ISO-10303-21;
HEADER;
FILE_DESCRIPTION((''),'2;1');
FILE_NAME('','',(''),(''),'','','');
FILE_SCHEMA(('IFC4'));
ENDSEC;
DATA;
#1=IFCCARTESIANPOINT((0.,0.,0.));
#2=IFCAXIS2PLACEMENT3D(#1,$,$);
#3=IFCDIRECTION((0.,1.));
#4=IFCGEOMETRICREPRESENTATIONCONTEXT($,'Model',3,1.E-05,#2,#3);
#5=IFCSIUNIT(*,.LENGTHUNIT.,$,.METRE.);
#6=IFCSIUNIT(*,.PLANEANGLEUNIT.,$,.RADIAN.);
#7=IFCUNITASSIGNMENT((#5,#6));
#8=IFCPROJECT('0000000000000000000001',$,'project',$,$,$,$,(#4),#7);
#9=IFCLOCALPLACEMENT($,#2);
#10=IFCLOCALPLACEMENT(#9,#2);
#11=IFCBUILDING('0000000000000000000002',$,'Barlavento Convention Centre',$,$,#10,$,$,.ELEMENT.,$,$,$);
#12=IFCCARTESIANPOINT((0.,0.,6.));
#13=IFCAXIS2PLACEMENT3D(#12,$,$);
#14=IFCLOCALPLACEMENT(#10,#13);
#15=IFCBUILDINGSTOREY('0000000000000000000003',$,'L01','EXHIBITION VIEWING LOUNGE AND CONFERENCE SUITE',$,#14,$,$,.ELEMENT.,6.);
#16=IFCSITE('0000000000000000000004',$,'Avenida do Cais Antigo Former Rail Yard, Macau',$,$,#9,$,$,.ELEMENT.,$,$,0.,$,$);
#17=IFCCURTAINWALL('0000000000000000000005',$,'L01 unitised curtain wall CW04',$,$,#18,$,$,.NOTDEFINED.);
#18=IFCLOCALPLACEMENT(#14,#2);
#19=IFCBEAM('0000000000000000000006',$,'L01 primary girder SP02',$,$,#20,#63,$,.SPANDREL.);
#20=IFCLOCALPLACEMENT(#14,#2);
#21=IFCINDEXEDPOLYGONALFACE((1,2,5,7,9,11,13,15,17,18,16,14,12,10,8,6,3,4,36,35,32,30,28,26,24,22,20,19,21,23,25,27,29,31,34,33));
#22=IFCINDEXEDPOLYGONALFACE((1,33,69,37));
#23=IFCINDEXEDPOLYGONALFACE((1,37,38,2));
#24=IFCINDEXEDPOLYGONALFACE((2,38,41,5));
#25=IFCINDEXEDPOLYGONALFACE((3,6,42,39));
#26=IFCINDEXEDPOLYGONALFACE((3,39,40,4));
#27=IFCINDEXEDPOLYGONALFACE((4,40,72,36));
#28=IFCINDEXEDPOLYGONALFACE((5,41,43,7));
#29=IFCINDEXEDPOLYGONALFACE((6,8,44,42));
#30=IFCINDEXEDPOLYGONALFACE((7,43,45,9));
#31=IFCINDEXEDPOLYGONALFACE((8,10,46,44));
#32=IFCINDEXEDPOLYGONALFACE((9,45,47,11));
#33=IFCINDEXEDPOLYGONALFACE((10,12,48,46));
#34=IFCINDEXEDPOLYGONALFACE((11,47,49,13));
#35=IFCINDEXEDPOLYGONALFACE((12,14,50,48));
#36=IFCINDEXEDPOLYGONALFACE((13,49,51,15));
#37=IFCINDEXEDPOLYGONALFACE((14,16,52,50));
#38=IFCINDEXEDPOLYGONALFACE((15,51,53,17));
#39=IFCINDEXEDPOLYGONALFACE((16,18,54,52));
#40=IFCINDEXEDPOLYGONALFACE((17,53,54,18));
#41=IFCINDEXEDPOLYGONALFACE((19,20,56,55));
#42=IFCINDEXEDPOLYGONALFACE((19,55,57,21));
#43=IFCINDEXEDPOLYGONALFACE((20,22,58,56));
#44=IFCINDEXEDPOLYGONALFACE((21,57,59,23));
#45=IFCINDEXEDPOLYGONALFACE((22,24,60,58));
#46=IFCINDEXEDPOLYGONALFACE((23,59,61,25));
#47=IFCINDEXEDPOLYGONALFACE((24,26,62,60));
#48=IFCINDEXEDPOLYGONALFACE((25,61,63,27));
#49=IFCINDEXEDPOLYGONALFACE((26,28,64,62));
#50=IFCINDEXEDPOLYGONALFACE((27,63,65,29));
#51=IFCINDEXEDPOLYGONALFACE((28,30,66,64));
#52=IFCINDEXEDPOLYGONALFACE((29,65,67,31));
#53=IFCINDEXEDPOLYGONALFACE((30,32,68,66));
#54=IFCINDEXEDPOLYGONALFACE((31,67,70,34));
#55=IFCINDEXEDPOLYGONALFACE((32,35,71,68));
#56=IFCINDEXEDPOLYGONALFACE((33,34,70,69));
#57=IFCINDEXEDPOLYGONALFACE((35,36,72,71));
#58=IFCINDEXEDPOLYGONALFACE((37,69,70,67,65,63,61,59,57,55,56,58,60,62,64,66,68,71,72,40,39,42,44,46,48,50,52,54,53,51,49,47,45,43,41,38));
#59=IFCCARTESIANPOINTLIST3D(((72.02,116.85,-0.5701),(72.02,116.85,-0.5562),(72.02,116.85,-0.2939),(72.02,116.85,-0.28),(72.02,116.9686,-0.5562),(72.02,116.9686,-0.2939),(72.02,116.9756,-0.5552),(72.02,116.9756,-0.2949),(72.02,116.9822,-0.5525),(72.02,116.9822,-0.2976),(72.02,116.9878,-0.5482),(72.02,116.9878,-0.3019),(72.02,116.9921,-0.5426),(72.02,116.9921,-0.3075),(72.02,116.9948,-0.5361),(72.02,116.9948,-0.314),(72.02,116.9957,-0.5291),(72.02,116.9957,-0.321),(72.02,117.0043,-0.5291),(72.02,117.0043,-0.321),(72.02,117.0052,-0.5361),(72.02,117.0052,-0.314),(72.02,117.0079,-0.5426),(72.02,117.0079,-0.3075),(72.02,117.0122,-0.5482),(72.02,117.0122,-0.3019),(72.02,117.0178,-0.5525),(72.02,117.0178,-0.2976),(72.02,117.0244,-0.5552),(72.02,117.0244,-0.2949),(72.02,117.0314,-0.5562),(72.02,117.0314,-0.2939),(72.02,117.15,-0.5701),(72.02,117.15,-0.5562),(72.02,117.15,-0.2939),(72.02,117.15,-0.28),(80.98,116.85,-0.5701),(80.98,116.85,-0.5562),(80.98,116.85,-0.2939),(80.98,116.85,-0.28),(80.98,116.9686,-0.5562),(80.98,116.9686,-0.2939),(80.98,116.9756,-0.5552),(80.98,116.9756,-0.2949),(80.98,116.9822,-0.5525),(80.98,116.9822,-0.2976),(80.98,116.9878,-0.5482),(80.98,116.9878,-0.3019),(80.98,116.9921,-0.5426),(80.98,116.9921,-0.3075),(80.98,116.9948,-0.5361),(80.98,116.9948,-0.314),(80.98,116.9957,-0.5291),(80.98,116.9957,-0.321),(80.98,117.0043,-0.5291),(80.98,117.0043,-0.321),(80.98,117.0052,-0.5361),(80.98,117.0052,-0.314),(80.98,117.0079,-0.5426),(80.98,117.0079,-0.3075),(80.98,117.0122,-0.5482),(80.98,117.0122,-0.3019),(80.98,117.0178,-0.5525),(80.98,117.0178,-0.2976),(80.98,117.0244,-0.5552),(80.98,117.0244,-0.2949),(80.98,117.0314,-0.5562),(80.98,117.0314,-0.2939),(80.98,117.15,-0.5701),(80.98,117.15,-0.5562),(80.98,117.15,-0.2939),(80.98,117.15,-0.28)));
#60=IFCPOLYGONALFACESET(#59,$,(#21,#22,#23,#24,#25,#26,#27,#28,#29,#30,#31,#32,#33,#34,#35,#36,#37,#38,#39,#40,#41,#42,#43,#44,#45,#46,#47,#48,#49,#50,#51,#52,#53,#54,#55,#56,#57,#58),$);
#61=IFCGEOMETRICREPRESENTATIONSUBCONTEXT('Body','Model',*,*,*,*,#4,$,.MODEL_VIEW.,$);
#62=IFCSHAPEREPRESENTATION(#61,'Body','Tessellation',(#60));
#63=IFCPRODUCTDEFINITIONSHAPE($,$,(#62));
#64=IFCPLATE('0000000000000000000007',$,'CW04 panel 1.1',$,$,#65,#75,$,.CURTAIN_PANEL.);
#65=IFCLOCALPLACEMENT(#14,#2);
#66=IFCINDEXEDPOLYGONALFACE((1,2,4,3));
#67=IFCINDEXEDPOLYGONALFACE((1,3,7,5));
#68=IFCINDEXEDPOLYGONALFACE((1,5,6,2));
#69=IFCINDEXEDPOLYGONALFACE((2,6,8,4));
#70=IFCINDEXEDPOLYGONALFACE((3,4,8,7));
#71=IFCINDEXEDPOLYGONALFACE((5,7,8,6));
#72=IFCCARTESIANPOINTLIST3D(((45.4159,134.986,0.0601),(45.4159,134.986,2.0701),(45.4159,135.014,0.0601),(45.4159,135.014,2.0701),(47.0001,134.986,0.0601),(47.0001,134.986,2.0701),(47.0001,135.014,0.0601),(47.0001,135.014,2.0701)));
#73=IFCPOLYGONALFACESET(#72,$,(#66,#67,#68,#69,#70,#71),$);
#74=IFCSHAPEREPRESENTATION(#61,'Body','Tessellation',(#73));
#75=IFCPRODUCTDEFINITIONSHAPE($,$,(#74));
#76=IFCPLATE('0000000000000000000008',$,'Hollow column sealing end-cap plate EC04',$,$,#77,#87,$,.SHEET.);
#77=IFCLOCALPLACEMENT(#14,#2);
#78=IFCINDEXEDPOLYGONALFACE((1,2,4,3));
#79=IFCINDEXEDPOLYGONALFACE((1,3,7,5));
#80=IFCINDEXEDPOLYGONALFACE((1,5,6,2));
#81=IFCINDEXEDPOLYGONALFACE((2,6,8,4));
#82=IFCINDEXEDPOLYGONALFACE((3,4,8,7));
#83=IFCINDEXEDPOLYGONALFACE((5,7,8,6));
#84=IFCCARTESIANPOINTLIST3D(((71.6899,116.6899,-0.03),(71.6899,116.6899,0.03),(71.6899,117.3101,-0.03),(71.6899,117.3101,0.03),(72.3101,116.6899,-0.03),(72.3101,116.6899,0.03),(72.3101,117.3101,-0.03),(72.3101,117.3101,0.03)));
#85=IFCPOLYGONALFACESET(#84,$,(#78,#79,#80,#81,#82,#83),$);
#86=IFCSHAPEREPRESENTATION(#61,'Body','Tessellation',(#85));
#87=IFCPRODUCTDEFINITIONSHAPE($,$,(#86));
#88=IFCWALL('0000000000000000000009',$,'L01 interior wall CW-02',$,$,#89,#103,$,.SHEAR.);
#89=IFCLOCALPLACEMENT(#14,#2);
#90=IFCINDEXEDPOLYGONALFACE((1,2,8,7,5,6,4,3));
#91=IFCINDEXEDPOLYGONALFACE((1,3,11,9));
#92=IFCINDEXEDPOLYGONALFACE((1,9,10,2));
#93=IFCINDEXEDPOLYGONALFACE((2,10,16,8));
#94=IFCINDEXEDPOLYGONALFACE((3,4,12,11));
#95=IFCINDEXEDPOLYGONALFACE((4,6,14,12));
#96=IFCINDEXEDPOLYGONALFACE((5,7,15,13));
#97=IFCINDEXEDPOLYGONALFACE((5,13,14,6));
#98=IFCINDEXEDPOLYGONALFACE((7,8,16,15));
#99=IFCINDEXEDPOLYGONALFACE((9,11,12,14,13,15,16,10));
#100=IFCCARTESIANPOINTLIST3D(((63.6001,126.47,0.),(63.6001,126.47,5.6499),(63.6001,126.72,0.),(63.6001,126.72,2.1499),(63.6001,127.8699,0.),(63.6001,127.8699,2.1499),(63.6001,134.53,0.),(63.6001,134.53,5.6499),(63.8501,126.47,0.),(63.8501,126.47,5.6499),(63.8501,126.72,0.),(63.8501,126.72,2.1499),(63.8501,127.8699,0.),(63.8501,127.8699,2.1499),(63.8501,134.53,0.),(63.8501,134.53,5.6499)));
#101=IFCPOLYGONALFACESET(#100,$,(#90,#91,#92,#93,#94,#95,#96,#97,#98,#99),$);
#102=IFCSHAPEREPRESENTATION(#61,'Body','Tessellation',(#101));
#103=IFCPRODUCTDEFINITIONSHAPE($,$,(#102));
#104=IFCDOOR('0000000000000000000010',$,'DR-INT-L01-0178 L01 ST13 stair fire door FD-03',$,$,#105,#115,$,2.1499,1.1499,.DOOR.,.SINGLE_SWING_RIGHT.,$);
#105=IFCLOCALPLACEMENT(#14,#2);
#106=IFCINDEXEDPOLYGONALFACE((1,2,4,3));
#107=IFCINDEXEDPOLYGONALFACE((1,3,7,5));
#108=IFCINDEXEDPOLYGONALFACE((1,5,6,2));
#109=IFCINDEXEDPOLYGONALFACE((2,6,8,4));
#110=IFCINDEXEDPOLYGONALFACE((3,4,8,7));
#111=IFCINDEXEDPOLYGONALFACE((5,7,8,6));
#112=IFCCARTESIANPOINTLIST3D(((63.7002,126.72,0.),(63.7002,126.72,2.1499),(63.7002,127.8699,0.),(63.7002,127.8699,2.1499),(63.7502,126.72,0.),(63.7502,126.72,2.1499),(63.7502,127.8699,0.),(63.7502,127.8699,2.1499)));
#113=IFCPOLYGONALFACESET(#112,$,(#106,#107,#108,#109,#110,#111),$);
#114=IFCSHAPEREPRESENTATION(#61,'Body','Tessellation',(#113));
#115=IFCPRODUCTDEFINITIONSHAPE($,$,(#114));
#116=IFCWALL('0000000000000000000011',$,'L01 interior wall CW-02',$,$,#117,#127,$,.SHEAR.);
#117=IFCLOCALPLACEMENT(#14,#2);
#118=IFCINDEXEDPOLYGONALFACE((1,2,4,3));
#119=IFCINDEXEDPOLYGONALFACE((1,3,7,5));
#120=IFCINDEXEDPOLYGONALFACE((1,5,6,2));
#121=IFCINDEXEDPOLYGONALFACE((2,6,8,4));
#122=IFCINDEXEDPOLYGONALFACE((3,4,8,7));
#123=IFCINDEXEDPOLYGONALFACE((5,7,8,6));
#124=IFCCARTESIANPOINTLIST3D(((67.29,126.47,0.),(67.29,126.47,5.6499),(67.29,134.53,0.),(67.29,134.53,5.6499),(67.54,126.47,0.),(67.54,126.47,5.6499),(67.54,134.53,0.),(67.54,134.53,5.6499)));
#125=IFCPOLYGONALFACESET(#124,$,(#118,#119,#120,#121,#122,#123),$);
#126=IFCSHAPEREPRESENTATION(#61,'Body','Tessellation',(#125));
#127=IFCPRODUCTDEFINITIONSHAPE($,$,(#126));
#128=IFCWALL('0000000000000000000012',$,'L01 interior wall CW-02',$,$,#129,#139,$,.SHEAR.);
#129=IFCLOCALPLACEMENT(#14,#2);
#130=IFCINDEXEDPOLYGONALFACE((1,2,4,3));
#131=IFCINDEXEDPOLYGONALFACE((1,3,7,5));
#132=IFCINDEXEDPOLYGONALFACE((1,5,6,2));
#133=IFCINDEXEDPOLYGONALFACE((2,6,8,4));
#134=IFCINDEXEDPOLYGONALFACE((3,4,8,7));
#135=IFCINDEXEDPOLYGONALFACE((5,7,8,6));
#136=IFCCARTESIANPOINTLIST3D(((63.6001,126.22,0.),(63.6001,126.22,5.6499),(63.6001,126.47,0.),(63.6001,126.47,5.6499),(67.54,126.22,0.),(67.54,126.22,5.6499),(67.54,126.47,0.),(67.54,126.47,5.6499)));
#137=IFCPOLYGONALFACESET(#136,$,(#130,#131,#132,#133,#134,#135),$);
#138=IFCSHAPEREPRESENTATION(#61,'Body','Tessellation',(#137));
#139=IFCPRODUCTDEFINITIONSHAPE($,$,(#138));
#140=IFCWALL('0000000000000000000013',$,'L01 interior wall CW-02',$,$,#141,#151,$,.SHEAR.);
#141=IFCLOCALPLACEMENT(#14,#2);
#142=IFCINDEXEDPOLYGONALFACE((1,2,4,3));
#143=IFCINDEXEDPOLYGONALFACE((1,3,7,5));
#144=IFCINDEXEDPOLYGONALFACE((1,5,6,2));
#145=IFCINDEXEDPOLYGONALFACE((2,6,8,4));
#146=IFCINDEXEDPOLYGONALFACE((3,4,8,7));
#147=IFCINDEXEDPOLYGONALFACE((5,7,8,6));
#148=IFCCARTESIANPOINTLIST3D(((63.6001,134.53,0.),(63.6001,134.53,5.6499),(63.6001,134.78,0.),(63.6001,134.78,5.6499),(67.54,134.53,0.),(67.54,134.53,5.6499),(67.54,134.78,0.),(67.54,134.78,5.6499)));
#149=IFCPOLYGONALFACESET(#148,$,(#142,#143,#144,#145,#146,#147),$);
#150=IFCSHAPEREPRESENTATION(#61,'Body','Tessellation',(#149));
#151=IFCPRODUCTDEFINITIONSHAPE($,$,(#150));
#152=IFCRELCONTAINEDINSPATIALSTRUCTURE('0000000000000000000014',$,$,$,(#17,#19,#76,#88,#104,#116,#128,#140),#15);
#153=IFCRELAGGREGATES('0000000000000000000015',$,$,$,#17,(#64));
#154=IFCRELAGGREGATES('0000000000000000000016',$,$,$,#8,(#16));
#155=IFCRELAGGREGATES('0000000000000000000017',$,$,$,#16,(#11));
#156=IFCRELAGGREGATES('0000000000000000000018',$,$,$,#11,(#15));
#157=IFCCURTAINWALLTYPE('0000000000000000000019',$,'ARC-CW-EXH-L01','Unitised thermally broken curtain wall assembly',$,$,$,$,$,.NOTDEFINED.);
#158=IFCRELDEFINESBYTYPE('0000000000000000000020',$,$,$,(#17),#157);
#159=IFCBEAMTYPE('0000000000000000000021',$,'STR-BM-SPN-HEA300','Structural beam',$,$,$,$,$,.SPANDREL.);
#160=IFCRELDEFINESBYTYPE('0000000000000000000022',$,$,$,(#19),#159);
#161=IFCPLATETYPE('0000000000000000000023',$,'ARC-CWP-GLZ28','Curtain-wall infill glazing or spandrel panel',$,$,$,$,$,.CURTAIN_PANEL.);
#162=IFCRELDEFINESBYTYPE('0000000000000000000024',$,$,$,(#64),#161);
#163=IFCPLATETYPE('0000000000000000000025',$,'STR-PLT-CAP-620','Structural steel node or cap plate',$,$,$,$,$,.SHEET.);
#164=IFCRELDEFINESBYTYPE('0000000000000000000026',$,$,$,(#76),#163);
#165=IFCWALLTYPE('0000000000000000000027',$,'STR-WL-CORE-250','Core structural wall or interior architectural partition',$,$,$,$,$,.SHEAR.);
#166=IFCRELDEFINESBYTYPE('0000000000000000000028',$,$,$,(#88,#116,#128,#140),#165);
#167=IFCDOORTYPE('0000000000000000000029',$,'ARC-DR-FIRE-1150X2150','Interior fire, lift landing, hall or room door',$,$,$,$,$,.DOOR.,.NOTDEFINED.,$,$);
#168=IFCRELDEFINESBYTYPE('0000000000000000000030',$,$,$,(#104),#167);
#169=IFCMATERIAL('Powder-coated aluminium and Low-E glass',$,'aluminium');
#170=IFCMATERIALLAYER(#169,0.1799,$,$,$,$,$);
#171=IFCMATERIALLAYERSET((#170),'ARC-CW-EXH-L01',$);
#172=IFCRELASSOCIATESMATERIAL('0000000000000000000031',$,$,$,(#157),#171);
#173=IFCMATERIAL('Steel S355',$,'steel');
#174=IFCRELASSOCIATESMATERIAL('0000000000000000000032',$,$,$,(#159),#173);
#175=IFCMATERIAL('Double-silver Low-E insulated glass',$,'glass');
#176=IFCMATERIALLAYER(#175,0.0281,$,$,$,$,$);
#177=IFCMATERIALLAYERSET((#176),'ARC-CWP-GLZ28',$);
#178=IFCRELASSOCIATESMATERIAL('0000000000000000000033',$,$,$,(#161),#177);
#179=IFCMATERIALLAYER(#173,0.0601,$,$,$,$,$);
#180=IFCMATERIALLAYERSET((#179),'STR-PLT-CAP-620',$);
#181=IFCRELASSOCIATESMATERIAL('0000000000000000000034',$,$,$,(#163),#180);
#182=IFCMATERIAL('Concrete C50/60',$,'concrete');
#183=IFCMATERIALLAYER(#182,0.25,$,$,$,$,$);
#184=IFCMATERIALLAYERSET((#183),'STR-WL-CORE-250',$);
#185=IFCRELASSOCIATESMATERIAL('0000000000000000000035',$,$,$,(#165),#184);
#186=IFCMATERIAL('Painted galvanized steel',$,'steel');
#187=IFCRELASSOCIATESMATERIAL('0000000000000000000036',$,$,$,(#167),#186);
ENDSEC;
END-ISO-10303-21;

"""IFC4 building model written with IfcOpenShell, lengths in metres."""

from ifc_helpers import new_model, si_unit, direction, frame, frame_2d, origin, origin_2d, place, context, subcontext, project, spatial, rectangle, i_section, extrude, material, layer, layer_set, material_profile, profile_set, type_object, element, fill, aggregate, save


model = new_model("IFC4")

# Units and contexts
model_context = context("Model", 3, precision=1e-05, world=origin(), true_north=direction((0.0, 1.0)))
body_context = subcontext(model_context, "Body", "Model", "MODEL_VIEW")
ifc_project = project(units=[si_unit("LENGTHUNIT", "METRE"), si_unit("PLANEANGLEUNIT", "RADIAN")], contexts=[model_context])

# Site, building, storey
site_placement = place(None, origin())
site = spatial("IfcSite", under=ifc_project, at=site_placement, Name="Avenida do Cais Antigo Former Rail Yard, Macau", CompositionType="ELEMENT", RefElevation=0.0)
building_placement = place(site_placement, origin())
building = spatial("IfcBuilding", under=site, at=building_placement, Name="Barlavento Convention Centre", CompositionType="ELEMENT")
storey_placement = place(building_placement, frame((0.0, 0.0, 6.0)))
storey = spatial("IfcBuildingStorey", under=building, at=storey_placement, Name="L01", Description="EXHIBITION VIEWING LOUNGE AND CONFERENCE SUITE", CompositionType="ELEMENT", Elevation=6.0)

# Curtain wall
ifc_material_1 = material(Name="Powder-coated aluminium and Low-E glass", Category="aluminium")
ifc_layer_1 = layer(ifc_material_1, 0.1799)
ifc_layer_set_1 = layer_set([ifc_layer_1], Name="ARC-CW-EXH-L01")
curtain_wall_type = type_object("IfcCurtainWallType", Name="ARC-CW-EXH-L01", Description="Unitised thermally broken curtain wall assembly", PredefinedType="NOTDEFINED", material=ifc_layer_set_1)
curtain_wall_placement = place(storey_placement, origin())
curtain_wall = element("IfcCurtainWall", 1, at=curtain_wall_placement, inside=storey, type_object=curtain_wall_type, Name="L01 unitised curtain wall CW04", PredefinedType="NOTDEFINED")

# Beam
ifc_material_2 = material(Name="Steel S355", Category="steel")
ifc_material_profile_1 = material_profile(ifc_material_2, i_section(OverallWidth=0.3, OverallDepth=0.29, WebThickness=0.0085, FlangeThickness=0.0139, FilletRadius=0.0271, at=origin_2d()), Name="HEA 300")
ifc_profile_set_1 = profile_set([ifc_material_profile_1], Name="Steel S355")
beam_type_1 = type_object("IfcBeamType", Name="STR-BM-SPN-HEA300", Description="Structural beam", PredefinedType="SPANDREL", material=ifc_profile_set_1)
beam_1_placement = place(storey_placement, frame((72.02, 117.0, -0.425), z_axis=(1.0, 0.0, 0.0), x_axis=(0.0, 1.0, 0.0)))
element("IfcBeam", 2, at=beam_1_placement, inside=storey, type_object=beam_type_1, Name="L01 primary girder SP02", PredefinedType="SPANDREL", context=body_context, shape_type="SweptSolid", body=[
    extrude(i_section(OverallWidth=0.3, OverallDepth=0.29, WebThickness=0.0085, FlangeThickness=0.0139, FilletRadius=0.0271, at=origin_2d()), origin(), (0.0, 0.0, 1.0), 8.96),
])

# Plates
ifc_material_3 = material(Name="Double-silver Low-E insulated glass", Category="glass")
ifc_layer_2 = layer(ifc_material_3, 0.0281)
ifc_layer_set_2 = layer_set([ifc_layer_2], Name="ARC-CWP-GLZ28")
plate_type_1 = type_object("IfcPlateType", Name="ARC-CWP-GLZ28", Description="Curtain-wall infill glazing or spandrel panel", PredefinedType="CURTAIN_PANEL", material=ifc_layer_set_2)
plate_1_placement = place(storey_placement, frame((46.208, 135.0, 0.0601), z_axis=(0.0, 0.0, 1.0), x_axis=(1.0, 0.0, 0.0)))
plate_1 = element("IfcPlate", 3, at=plate_1_placement, type_object=plate_type_1, Name="CW04 panel 1.1", PredefinedType="CURTAIN_PANEL", context=body_context, shape_type="SweptSolid", body=[
    extrude(rectangle(XDim=1.5842, YDim=0.0281, at=origin_2d()), origin(), (0.0, 0.0, 1.0), 2.01),
])
aggregate(curtain_wall, [plate_1])
ifc_layer_3 = layer(ifc_material_2, 0.0601)
ifc_layer_set_3 = layer_set([ifc_layer_3], Name="STR-PLT-CAP-620")
plate_type_2 = type_object("IfcPlateType", Name="STR-PLT-CAP-620", Description="Structural steel node or cap plate", PredefinedType="SHEET", material=ifc_layer_set_3)
plate_2_placement = place(storey_placement, frame((72.0, 117.0, -0.03), z_axis=(0.0, 0.0, 1.0), x_axis=(1.0, 0.0, 0.0)))
element("IfcPlate", 4, at=plate_2_placement, inside=storey, type_object=plate_type_2, Name="Hollow column sealing end-cap plate EC04", PredefinedType="SHEET", context=body_context, shape_type="SweptSolid", body=[
    extrude(rectangle(XDim=0.6201, YDim=0.6201, at=origin_2d()), origin(), (0.0, 0.0, 1.0), 0.0601),
])

# Wall, opening, door
ifc_material_4 = material(Name="Concrete C50/60", Category="concrete")
ifc_layer_4 = layer(ifc_material_4, 0.25)
ifc_layer_set_4 = layer_set([ifc_layer_4], Name="STR-WL-CORE-250")
wall_type = type_object("IfcWallType", Name="STR-WL-CORE-250", Description="Core structural wall or interior architectural partition", PredefinedType="SHEAR", material=ifc_layer_set_4)
wall_1_placement = place(storey_placement, frame((63.7251, 126.47, 0.0), z_axis=(0.0, 0.0, 1.0), x_axis=(0.0, 1.0, 0.0)))
wall_1 = element("IfcWall", 5, at=wall_1_placement, inside=storey, type_object=wall_type, Name="L01 interior wall CW-02", PredefinedType="SHEAR", context=body_context, shape_type="SweptSolid", body=[
    extrude(rectangle(XDim=8.0601, YDim=0.25, at=frame_2d((4.03, 0.0))), origin(), (0.0, 0.0, 1.0), 5.6499),
])
opening_placement = place(wall_1_placement, frame((0.25, 0.0, 0.0)))
opening = element("IfcOpeningElement", 6, at=opening_placement, cuts=wall_1, PredefinedType="OPENING", context=body_context, shape_type="SweptSolid", body=[
    extrude(rectangle(XDim=1.1499, YDim=2.1499, at=frame_2d((0.575, 1.075))), frame((0.0, 0.135, 0.0), z_axis=(0.0, -1.0, 0.0), x_axis=(1.0, 0.0, 0.0)), (0.0, 0.0, 1.0), 0.27),
])
ifc_material_5 = material(Name="Painted galvanized steel", Category="steel")
door_type = type_object("IfcDoorType", Name="ARC-DR-FIRE-1150X2150", Description="Interior fire, lift landing, hall or room door", OperationType="NOTDEFINED", PredefinedType="DOOR", material=ifc_material_5)
door_placement = place(opening_placement, origin())
door = element("IfcDoor", 7, at=door_placement, inside=storey, type_object=door_type, Name="DR-INT-L01-0178 L01 ST13 stair fire door FD-03", OperationType="SINGLE_SWING_RIGHT", OverallHeight=2.1499, OverallWidth=1.1499, PredefinedType="DOOR", context=body_context, shape_type="SweptSolid", body=[
    extrude(rectangle(XDim=1.1499, YDim=2.1499, at=frame_2d((0.575, 1.075))), frame((0.0, 0.0249, 0.0), z_axis=(0.0, -1.0, 0.0), x_axis=(1.0, 0.0, 0.0)), (0.0, 0.0, 1.0), 0.05),
])
fill(opening, door)

# Walls
wall_2_placement = place(storey_placement, frame((67.415, 126.47, 0.0), z_axis=(0.0, 0.0, 1.0), x_axis=(0.0, 1.0, 0.0)))
element("IfcWall", 8, at=wall_2_placement, inside=storey, type_object=wall_type, Name="L01 interior wall CW-02", PredefinedType="SHEAR", context=body_context, shape_type="SweptSolid", body=[
    extrude(rectangle(XDim=8.0601, YDim=0.25, at=frame_2d((4.03, 0.0))), origin(), (0.0, 0.0, 1.0), 5.6499),
])
for number, where, z_axis, x_axis, name in (
    (9, (63.6001, 126.345, 0.0), (0.0, 0.0, 1.0), (1.0, 0.0, 0.0), "L01 interior wall CW-02"),
    (10, (63.6001, 134.655, 0.0), (0.0, 0.0, 1.0), (1.0, 0.0, 0.0), "L01 interior wall CW-02"),
):
    element("IfcWall", number, at=place(storey_placement, frame(where, z_axis=z_axis, x_axis=x_axis)), inside=storey, type_object=wall_type, Name=name, PredefinedType="SHEAR", context=body_context, shape_type="SweptSolid", body=[
        extrude(rectangle(XDim=3.9399, YDim=0.25, at=frame_2d((1.97, 0.0))), origin(), (0.0, 0.0, 1.0), 5.6499),
    ])

save(model, "model.ifc")
